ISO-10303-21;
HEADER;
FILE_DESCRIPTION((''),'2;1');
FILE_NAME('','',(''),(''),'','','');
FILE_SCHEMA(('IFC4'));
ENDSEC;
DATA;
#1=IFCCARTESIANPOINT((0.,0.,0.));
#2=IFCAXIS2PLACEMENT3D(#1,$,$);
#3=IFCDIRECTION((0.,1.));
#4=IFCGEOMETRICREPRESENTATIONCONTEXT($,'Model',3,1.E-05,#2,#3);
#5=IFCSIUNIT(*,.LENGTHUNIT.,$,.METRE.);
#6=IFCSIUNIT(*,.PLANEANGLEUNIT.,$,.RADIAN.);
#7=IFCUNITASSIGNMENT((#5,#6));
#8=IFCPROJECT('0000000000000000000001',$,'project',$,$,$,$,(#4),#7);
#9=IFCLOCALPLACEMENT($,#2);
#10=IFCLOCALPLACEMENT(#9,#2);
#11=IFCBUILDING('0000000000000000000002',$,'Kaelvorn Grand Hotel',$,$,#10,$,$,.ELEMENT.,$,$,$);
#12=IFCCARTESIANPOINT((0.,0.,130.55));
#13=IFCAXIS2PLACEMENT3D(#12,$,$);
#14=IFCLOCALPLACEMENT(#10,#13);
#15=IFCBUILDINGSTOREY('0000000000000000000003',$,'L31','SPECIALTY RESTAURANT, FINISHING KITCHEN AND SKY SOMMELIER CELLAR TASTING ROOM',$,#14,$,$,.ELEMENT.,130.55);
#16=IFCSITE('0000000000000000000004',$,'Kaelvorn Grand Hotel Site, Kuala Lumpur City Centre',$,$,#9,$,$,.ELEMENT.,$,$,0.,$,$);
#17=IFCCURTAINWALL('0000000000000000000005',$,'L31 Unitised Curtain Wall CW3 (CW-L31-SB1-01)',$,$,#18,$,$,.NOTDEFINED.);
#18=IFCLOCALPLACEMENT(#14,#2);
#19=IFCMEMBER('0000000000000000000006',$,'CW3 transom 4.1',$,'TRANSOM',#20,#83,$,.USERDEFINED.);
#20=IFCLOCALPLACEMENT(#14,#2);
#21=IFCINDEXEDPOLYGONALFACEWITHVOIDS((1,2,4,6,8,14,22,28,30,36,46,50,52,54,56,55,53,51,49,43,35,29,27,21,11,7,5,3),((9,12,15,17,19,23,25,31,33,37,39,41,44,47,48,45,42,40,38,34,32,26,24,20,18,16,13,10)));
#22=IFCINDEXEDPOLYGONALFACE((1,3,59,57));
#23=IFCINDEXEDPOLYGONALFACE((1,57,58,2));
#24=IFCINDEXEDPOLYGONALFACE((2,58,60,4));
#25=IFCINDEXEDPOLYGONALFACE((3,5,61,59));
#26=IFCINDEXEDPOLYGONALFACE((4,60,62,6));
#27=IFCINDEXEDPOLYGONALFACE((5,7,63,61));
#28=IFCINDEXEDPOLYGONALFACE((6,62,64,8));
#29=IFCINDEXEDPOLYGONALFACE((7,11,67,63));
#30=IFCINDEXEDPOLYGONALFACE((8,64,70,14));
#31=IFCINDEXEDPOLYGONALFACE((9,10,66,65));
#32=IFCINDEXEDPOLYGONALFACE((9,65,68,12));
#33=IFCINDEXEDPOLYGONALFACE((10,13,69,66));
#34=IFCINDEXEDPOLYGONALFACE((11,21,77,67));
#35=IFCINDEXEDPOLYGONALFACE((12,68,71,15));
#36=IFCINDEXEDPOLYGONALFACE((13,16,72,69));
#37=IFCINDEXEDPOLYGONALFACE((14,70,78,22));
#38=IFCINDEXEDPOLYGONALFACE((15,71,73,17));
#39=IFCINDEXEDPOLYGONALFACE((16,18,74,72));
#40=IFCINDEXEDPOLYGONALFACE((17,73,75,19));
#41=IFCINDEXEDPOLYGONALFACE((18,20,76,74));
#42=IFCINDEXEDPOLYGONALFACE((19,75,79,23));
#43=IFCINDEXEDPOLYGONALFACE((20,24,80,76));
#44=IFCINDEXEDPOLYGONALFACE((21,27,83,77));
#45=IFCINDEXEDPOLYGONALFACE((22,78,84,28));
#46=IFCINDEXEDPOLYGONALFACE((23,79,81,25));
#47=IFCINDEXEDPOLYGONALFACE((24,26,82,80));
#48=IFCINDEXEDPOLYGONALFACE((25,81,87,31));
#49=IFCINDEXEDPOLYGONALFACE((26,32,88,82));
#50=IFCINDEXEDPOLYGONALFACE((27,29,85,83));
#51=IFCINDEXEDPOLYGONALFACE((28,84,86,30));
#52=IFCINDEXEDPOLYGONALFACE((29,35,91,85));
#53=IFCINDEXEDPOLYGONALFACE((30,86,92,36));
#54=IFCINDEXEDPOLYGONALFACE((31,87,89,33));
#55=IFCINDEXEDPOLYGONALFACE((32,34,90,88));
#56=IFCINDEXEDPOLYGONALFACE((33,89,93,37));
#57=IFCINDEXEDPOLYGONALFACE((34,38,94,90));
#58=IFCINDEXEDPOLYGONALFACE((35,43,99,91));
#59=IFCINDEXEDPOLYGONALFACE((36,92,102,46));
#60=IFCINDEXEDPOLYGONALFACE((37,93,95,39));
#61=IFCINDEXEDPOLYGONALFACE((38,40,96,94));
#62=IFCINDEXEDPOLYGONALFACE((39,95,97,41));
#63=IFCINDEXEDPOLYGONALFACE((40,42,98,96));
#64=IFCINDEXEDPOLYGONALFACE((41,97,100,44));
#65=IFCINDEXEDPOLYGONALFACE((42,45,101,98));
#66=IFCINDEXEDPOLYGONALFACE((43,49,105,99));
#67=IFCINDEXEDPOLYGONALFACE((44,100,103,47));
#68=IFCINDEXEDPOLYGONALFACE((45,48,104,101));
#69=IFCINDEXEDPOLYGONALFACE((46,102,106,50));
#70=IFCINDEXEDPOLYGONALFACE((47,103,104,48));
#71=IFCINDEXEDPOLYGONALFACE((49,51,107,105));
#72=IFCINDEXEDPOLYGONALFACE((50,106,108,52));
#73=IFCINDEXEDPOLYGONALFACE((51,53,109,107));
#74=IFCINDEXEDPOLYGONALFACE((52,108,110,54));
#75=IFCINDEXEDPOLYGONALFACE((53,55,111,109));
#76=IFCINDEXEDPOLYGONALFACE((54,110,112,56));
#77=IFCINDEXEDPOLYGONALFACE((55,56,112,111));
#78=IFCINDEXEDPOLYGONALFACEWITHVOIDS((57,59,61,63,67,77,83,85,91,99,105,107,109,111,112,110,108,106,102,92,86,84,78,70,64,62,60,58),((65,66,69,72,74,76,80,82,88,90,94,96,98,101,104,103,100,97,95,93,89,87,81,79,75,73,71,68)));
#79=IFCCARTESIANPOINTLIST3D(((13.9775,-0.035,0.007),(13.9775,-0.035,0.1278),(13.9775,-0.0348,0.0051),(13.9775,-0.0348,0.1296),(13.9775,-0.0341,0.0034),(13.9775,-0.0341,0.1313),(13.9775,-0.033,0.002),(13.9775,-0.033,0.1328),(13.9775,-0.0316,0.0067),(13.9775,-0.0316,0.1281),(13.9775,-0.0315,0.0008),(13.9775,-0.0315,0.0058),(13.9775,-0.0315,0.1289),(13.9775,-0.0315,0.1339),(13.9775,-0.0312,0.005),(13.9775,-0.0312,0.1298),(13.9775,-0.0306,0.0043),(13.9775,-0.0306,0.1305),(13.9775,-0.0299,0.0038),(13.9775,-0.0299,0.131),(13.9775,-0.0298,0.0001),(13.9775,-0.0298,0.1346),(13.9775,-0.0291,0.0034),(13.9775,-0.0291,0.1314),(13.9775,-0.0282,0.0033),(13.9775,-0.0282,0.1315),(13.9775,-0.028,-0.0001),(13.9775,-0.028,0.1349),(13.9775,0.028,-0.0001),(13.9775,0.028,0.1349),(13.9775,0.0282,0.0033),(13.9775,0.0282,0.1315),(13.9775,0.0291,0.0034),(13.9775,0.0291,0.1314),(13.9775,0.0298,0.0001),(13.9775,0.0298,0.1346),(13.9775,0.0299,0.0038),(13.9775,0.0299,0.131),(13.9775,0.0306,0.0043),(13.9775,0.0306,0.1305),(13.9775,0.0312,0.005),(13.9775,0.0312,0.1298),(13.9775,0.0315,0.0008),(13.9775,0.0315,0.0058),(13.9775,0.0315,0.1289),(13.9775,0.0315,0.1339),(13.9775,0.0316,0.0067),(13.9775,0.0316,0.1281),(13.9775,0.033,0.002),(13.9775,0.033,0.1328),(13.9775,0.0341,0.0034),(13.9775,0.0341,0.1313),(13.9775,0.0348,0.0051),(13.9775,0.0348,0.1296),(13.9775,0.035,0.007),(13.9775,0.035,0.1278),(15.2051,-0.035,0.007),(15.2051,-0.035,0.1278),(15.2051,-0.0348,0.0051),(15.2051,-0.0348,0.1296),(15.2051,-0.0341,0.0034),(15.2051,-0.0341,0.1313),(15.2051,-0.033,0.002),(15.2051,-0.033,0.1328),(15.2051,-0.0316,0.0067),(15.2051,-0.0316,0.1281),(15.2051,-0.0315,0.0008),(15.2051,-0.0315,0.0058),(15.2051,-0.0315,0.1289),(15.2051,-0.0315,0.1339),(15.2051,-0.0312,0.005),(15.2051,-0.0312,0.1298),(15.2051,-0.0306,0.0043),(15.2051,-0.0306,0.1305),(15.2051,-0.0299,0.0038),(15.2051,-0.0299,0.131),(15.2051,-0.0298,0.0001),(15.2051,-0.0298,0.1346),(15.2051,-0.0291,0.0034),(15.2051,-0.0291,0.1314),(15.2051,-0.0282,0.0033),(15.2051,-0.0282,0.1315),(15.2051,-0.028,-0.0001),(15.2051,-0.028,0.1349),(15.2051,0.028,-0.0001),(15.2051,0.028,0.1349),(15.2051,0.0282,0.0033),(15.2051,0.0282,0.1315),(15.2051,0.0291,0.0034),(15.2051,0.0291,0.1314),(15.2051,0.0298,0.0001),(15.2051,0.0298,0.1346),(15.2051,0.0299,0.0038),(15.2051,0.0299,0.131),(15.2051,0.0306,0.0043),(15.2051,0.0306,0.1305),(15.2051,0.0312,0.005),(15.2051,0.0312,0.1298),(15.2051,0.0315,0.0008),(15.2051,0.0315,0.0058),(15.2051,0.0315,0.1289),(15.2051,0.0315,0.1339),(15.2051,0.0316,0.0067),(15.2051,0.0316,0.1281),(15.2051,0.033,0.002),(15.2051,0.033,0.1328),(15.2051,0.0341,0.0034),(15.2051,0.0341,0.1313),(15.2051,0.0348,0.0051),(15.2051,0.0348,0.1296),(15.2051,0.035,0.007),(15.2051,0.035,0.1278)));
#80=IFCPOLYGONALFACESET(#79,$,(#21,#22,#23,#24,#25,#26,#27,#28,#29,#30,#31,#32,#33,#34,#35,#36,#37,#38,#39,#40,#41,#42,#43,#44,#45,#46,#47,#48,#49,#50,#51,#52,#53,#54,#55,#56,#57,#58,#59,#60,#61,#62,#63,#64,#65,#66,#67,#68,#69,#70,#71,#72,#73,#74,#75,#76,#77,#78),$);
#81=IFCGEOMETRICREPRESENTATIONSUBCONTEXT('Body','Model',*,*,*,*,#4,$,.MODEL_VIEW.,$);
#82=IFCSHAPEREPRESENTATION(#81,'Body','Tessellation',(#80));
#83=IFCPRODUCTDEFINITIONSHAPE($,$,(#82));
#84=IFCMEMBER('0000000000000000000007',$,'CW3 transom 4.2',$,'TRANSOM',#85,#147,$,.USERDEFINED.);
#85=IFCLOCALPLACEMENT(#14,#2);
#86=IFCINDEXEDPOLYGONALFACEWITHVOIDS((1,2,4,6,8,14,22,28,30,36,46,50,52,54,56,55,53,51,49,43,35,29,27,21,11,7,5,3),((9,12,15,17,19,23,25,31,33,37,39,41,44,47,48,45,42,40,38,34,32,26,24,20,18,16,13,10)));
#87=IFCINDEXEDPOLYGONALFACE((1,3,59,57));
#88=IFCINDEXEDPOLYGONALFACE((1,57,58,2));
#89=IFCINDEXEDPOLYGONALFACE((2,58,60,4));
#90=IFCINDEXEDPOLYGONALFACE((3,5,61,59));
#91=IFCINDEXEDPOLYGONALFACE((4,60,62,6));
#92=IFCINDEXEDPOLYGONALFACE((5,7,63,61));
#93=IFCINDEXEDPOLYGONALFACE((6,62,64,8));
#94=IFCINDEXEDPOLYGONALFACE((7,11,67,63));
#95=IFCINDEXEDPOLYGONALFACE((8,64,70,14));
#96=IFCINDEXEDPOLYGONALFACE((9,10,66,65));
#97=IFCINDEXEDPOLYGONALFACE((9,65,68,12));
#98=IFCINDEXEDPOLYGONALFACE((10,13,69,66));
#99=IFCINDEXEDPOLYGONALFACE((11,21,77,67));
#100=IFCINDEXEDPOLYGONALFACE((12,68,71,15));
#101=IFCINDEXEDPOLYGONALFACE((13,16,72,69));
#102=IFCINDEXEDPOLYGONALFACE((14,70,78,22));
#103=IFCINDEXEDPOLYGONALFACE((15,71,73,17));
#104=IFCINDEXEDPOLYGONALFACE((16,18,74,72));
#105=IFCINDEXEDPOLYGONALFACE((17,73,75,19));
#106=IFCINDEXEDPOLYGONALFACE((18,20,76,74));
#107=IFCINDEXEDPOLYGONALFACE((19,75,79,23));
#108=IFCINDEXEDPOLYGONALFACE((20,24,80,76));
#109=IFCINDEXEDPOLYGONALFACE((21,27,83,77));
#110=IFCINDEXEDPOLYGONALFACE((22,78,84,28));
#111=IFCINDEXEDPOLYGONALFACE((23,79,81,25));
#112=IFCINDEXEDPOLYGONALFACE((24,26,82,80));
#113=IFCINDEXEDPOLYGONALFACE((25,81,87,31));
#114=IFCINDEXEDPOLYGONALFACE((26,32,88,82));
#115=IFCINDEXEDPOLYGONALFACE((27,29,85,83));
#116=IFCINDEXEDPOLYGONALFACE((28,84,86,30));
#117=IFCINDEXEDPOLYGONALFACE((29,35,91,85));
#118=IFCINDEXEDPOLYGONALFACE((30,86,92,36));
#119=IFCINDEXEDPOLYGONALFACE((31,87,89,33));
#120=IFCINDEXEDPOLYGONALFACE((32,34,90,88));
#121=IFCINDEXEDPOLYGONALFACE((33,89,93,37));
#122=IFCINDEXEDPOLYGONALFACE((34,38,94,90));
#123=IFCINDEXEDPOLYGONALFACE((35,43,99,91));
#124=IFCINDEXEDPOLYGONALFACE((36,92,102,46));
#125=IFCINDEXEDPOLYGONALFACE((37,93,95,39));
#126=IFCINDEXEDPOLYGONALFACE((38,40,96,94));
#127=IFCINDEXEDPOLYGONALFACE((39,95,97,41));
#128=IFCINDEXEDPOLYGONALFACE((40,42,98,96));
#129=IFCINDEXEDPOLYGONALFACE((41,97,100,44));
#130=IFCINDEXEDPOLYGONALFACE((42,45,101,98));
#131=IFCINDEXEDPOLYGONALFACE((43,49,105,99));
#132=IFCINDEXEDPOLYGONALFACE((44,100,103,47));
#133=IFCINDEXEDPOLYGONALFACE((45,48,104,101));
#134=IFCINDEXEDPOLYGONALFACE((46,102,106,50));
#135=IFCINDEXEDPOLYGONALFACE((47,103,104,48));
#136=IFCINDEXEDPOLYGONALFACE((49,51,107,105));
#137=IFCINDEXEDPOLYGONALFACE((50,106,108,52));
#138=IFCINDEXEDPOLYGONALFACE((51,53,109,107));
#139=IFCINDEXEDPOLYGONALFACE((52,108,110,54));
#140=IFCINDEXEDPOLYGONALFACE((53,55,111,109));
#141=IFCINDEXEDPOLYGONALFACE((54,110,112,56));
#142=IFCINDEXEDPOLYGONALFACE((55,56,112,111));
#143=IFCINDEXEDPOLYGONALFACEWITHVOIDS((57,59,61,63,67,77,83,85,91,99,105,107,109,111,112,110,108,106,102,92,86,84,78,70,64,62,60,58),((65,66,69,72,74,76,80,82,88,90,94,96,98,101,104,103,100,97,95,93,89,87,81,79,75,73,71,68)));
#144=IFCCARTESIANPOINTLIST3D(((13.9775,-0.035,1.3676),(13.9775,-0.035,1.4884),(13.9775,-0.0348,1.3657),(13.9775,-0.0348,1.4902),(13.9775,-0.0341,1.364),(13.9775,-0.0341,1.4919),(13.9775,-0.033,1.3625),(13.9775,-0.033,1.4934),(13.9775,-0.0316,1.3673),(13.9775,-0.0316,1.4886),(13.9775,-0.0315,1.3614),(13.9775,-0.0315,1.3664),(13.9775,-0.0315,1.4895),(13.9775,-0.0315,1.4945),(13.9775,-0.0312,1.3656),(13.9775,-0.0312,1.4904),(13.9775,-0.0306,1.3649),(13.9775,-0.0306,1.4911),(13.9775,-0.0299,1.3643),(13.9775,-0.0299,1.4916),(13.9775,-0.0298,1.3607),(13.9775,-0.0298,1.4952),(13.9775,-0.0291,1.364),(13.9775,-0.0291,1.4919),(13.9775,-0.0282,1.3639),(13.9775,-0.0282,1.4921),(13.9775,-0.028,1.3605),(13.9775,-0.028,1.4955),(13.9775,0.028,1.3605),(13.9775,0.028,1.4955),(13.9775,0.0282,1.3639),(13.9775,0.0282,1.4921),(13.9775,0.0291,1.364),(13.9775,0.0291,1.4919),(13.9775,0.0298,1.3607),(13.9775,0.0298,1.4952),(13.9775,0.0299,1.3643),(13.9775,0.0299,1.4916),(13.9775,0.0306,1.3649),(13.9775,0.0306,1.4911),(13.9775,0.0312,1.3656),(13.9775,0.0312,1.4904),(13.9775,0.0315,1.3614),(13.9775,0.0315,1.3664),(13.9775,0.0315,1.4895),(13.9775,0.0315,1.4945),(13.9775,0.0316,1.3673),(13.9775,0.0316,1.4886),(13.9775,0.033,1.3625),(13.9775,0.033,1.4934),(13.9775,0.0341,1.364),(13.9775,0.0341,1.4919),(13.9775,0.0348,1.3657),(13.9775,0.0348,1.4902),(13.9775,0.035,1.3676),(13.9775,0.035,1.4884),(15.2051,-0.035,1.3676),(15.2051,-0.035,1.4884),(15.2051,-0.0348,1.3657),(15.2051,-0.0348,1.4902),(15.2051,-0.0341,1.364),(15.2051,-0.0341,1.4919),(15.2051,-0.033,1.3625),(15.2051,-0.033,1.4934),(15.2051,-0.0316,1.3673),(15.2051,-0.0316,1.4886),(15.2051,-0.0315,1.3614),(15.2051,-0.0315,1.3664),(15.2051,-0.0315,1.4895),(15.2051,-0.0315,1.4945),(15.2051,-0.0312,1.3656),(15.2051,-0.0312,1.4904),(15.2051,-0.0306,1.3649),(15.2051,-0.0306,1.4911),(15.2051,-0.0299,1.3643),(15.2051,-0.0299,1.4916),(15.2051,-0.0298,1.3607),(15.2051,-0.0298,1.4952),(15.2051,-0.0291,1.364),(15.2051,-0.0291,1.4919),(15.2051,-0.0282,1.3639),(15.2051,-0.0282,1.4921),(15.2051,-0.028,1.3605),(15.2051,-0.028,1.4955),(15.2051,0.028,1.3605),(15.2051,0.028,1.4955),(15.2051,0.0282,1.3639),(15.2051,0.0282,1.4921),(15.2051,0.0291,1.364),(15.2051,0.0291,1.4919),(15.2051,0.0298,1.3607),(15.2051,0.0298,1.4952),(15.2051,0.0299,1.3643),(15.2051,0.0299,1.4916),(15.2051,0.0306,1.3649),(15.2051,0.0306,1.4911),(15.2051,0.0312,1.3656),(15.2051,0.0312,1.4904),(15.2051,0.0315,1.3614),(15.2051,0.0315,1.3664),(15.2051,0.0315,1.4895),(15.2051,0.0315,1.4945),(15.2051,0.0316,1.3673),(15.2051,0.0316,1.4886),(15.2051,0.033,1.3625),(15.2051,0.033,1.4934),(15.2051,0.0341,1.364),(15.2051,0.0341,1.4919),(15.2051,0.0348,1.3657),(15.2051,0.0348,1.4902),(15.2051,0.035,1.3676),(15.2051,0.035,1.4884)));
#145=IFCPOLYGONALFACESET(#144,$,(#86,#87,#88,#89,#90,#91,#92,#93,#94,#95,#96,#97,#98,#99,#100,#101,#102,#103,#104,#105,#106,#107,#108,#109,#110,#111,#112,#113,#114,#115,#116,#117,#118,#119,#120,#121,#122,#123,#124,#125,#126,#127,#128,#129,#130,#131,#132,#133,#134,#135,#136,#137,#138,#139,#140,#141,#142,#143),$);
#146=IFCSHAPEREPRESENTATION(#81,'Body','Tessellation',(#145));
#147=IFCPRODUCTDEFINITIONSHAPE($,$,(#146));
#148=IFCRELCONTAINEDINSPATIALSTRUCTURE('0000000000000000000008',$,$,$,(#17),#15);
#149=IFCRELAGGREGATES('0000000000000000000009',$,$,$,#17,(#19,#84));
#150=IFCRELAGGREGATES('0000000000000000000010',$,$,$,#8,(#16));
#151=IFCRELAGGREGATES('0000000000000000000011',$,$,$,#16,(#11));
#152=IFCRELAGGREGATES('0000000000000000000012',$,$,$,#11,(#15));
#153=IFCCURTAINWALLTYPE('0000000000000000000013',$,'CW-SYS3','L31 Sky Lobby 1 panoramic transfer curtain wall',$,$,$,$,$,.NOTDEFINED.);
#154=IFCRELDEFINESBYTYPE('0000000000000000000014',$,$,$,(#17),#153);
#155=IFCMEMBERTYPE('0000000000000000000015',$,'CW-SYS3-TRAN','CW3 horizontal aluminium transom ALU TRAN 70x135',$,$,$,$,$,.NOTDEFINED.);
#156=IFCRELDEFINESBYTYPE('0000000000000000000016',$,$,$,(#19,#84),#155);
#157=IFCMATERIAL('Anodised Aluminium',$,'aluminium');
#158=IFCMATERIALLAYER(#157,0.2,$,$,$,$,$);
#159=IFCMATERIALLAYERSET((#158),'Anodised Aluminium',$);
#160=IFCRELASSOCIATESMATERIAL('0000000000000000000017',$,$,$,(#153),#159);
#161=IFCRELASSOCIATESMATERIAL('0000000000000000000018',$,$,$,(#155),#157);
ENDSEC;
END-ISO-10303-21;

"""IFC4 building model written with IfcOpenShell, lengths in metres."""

from ifc_helpers import new_model, si_unit, direction, frame, origin, origin_2d, place, context, subcontext, project, spatial, hollow_rectangle, extrude, material, layer, layer_set, material_profile, profile_set, type_object, element, aggregate, save


model = new_model("IFC4")

# Units and contexts
model_context = context("Model", 3, precision=1e-05, world=origin(), true_north=direction((0.0, 1.0)))
body_context = subcontext(model_context, "Body", "Model", "MODEL_VIEW")
ifc_project = project(units=[si_unit("LENGTHUNIT", "METRE"), si_unit("PLANEANGLEUNIT", "RADIAN")], contexts=[model_context])

# Site, building, storey
site_placement = place(None, origin())
site = spatial("IfcSite", under=ifc_project, at=site_placement, Name="Kaelvorn Grand Hotel Site, Kuala Lumpur City Centre", CompositionType="ELEMENT", RefElevation=0.0)
building_placement = place(site_placement, origin())
building = spatial("IfcBuilding", under=site, at=building_placement, Name="Kaelvorn Grand Hotel", CompositionType="ELEMENT")
storey_placement = place(building_placement, frame((0.0, 0.0, 130.55)))
storey = spatial("IfcBuildingStorey", under=building, at=storey_placement, Name="L31", Description="SPECIALTY RESTAURANT, FINISHING KITCHEN AND SKY SOMMELIER CELLAR TASTING ROOM", CompositionType="ELEMENT", Elevation=130.55)

# Curtain wall, members
ifc_material_1 = material(Name="Anodised Aluminium", Category="aluminium")
ifc_layer_1 = layer(ifc_material_1, 0.2)
ifc_layer_set_1 = layer_set([ifc_layer_1], Name="Anodised Aluminium")
curtain_wall_type = type_object("IfcCurtainWallType", Name="CW-SYS3", Description="L31 Sky Lobby 1 panoramic transfer curtain wall", PredefinedType="NOTDEFINED", material=ifc_layer_set_1)
curtain_wall_placement = place(storey_placement, origin())
curtain_wall = element("IfcCurtainWall", 1, at=curtain_wall_placement, inside=storey, type_object=curtain_wall_type, Name="L31 Unitised Curtain Wall CW3 (CW-L31-SB1-01)", PredefinedType="NOTDEFINED")
ifc_material_profile_1 = material_profile(ifc_material_1, hollow_rectangle(XDim=0.0701, YDim=0.135, WallThickness=0.0034, InnerFilletRadius=0.0034, OuterFilletRadius=0.0071, at=origin_2d()), Name="ALU TRAN 70x135")
ifc_profile_set_1 = profile_set([ifc_material_profile_1], Name="Anodised Aluminium")
member_type_1 = type_object("IfcMemberType", Name="CW-SYS3-TRAN", Description="CW3 horizontal aluminium transom ALU TRAN 70x135", PredefinedType="NOTDEFINED", material=ifc_profile_set_1)
member_1_placement = place(storey_placement, frame((13.9775, 0.0, 0.0674), z_axis=(1.0, 0.0, 0.0), x_axis=(0.0, 1.0, 0.0)))
member_1 = element("IfcMember", 2, at=member_1_placement, type_object=member_type_1, Name="CW3 transom 4.1", ObjectType="TRANSOM", PredefinedType="USERDEFINED", context=body_context, shape_type="SweptSolid", body=[
    extrude(hollow_rectangle(XDim=0.0701, YDim=0.135, WallThickness=0.0034, InnerFilletRadius=0.0034, OuterFilletRadius=0.0071, at=origin_2d()), origin(), (0.0, 0.0, 1.0), 1.2275),
])
member_2_placement = place(storey_placement, frame((13.9775, 0.0, 1.428), z_axis=(1.0, 0.0, 0.0), x_axis=(0.0, 1.0, 0.0)))
member_2 = element("IfcMember", 3, at=member_2_placement, type_object=member_type_1, Name="CW3 transom 4.2", ObjectType="TRANSOM", PredefinedType="USERDEFINED", context=body_context, shape_type="SweptSolid", body=[
    extrude(hollow_rectangle(XDim=0.0701, YDim=0.135, WallThickness=0.0034, InnerFilletRadius=0.0034, OuterFilletRadius=0.0071, at=origin_2d()), origin(), (0.0, 0.0, 1.0), 1.2275),
])
aggregate(curtain_wall, [member_1, member_2])

save(model, "model.ifc")
